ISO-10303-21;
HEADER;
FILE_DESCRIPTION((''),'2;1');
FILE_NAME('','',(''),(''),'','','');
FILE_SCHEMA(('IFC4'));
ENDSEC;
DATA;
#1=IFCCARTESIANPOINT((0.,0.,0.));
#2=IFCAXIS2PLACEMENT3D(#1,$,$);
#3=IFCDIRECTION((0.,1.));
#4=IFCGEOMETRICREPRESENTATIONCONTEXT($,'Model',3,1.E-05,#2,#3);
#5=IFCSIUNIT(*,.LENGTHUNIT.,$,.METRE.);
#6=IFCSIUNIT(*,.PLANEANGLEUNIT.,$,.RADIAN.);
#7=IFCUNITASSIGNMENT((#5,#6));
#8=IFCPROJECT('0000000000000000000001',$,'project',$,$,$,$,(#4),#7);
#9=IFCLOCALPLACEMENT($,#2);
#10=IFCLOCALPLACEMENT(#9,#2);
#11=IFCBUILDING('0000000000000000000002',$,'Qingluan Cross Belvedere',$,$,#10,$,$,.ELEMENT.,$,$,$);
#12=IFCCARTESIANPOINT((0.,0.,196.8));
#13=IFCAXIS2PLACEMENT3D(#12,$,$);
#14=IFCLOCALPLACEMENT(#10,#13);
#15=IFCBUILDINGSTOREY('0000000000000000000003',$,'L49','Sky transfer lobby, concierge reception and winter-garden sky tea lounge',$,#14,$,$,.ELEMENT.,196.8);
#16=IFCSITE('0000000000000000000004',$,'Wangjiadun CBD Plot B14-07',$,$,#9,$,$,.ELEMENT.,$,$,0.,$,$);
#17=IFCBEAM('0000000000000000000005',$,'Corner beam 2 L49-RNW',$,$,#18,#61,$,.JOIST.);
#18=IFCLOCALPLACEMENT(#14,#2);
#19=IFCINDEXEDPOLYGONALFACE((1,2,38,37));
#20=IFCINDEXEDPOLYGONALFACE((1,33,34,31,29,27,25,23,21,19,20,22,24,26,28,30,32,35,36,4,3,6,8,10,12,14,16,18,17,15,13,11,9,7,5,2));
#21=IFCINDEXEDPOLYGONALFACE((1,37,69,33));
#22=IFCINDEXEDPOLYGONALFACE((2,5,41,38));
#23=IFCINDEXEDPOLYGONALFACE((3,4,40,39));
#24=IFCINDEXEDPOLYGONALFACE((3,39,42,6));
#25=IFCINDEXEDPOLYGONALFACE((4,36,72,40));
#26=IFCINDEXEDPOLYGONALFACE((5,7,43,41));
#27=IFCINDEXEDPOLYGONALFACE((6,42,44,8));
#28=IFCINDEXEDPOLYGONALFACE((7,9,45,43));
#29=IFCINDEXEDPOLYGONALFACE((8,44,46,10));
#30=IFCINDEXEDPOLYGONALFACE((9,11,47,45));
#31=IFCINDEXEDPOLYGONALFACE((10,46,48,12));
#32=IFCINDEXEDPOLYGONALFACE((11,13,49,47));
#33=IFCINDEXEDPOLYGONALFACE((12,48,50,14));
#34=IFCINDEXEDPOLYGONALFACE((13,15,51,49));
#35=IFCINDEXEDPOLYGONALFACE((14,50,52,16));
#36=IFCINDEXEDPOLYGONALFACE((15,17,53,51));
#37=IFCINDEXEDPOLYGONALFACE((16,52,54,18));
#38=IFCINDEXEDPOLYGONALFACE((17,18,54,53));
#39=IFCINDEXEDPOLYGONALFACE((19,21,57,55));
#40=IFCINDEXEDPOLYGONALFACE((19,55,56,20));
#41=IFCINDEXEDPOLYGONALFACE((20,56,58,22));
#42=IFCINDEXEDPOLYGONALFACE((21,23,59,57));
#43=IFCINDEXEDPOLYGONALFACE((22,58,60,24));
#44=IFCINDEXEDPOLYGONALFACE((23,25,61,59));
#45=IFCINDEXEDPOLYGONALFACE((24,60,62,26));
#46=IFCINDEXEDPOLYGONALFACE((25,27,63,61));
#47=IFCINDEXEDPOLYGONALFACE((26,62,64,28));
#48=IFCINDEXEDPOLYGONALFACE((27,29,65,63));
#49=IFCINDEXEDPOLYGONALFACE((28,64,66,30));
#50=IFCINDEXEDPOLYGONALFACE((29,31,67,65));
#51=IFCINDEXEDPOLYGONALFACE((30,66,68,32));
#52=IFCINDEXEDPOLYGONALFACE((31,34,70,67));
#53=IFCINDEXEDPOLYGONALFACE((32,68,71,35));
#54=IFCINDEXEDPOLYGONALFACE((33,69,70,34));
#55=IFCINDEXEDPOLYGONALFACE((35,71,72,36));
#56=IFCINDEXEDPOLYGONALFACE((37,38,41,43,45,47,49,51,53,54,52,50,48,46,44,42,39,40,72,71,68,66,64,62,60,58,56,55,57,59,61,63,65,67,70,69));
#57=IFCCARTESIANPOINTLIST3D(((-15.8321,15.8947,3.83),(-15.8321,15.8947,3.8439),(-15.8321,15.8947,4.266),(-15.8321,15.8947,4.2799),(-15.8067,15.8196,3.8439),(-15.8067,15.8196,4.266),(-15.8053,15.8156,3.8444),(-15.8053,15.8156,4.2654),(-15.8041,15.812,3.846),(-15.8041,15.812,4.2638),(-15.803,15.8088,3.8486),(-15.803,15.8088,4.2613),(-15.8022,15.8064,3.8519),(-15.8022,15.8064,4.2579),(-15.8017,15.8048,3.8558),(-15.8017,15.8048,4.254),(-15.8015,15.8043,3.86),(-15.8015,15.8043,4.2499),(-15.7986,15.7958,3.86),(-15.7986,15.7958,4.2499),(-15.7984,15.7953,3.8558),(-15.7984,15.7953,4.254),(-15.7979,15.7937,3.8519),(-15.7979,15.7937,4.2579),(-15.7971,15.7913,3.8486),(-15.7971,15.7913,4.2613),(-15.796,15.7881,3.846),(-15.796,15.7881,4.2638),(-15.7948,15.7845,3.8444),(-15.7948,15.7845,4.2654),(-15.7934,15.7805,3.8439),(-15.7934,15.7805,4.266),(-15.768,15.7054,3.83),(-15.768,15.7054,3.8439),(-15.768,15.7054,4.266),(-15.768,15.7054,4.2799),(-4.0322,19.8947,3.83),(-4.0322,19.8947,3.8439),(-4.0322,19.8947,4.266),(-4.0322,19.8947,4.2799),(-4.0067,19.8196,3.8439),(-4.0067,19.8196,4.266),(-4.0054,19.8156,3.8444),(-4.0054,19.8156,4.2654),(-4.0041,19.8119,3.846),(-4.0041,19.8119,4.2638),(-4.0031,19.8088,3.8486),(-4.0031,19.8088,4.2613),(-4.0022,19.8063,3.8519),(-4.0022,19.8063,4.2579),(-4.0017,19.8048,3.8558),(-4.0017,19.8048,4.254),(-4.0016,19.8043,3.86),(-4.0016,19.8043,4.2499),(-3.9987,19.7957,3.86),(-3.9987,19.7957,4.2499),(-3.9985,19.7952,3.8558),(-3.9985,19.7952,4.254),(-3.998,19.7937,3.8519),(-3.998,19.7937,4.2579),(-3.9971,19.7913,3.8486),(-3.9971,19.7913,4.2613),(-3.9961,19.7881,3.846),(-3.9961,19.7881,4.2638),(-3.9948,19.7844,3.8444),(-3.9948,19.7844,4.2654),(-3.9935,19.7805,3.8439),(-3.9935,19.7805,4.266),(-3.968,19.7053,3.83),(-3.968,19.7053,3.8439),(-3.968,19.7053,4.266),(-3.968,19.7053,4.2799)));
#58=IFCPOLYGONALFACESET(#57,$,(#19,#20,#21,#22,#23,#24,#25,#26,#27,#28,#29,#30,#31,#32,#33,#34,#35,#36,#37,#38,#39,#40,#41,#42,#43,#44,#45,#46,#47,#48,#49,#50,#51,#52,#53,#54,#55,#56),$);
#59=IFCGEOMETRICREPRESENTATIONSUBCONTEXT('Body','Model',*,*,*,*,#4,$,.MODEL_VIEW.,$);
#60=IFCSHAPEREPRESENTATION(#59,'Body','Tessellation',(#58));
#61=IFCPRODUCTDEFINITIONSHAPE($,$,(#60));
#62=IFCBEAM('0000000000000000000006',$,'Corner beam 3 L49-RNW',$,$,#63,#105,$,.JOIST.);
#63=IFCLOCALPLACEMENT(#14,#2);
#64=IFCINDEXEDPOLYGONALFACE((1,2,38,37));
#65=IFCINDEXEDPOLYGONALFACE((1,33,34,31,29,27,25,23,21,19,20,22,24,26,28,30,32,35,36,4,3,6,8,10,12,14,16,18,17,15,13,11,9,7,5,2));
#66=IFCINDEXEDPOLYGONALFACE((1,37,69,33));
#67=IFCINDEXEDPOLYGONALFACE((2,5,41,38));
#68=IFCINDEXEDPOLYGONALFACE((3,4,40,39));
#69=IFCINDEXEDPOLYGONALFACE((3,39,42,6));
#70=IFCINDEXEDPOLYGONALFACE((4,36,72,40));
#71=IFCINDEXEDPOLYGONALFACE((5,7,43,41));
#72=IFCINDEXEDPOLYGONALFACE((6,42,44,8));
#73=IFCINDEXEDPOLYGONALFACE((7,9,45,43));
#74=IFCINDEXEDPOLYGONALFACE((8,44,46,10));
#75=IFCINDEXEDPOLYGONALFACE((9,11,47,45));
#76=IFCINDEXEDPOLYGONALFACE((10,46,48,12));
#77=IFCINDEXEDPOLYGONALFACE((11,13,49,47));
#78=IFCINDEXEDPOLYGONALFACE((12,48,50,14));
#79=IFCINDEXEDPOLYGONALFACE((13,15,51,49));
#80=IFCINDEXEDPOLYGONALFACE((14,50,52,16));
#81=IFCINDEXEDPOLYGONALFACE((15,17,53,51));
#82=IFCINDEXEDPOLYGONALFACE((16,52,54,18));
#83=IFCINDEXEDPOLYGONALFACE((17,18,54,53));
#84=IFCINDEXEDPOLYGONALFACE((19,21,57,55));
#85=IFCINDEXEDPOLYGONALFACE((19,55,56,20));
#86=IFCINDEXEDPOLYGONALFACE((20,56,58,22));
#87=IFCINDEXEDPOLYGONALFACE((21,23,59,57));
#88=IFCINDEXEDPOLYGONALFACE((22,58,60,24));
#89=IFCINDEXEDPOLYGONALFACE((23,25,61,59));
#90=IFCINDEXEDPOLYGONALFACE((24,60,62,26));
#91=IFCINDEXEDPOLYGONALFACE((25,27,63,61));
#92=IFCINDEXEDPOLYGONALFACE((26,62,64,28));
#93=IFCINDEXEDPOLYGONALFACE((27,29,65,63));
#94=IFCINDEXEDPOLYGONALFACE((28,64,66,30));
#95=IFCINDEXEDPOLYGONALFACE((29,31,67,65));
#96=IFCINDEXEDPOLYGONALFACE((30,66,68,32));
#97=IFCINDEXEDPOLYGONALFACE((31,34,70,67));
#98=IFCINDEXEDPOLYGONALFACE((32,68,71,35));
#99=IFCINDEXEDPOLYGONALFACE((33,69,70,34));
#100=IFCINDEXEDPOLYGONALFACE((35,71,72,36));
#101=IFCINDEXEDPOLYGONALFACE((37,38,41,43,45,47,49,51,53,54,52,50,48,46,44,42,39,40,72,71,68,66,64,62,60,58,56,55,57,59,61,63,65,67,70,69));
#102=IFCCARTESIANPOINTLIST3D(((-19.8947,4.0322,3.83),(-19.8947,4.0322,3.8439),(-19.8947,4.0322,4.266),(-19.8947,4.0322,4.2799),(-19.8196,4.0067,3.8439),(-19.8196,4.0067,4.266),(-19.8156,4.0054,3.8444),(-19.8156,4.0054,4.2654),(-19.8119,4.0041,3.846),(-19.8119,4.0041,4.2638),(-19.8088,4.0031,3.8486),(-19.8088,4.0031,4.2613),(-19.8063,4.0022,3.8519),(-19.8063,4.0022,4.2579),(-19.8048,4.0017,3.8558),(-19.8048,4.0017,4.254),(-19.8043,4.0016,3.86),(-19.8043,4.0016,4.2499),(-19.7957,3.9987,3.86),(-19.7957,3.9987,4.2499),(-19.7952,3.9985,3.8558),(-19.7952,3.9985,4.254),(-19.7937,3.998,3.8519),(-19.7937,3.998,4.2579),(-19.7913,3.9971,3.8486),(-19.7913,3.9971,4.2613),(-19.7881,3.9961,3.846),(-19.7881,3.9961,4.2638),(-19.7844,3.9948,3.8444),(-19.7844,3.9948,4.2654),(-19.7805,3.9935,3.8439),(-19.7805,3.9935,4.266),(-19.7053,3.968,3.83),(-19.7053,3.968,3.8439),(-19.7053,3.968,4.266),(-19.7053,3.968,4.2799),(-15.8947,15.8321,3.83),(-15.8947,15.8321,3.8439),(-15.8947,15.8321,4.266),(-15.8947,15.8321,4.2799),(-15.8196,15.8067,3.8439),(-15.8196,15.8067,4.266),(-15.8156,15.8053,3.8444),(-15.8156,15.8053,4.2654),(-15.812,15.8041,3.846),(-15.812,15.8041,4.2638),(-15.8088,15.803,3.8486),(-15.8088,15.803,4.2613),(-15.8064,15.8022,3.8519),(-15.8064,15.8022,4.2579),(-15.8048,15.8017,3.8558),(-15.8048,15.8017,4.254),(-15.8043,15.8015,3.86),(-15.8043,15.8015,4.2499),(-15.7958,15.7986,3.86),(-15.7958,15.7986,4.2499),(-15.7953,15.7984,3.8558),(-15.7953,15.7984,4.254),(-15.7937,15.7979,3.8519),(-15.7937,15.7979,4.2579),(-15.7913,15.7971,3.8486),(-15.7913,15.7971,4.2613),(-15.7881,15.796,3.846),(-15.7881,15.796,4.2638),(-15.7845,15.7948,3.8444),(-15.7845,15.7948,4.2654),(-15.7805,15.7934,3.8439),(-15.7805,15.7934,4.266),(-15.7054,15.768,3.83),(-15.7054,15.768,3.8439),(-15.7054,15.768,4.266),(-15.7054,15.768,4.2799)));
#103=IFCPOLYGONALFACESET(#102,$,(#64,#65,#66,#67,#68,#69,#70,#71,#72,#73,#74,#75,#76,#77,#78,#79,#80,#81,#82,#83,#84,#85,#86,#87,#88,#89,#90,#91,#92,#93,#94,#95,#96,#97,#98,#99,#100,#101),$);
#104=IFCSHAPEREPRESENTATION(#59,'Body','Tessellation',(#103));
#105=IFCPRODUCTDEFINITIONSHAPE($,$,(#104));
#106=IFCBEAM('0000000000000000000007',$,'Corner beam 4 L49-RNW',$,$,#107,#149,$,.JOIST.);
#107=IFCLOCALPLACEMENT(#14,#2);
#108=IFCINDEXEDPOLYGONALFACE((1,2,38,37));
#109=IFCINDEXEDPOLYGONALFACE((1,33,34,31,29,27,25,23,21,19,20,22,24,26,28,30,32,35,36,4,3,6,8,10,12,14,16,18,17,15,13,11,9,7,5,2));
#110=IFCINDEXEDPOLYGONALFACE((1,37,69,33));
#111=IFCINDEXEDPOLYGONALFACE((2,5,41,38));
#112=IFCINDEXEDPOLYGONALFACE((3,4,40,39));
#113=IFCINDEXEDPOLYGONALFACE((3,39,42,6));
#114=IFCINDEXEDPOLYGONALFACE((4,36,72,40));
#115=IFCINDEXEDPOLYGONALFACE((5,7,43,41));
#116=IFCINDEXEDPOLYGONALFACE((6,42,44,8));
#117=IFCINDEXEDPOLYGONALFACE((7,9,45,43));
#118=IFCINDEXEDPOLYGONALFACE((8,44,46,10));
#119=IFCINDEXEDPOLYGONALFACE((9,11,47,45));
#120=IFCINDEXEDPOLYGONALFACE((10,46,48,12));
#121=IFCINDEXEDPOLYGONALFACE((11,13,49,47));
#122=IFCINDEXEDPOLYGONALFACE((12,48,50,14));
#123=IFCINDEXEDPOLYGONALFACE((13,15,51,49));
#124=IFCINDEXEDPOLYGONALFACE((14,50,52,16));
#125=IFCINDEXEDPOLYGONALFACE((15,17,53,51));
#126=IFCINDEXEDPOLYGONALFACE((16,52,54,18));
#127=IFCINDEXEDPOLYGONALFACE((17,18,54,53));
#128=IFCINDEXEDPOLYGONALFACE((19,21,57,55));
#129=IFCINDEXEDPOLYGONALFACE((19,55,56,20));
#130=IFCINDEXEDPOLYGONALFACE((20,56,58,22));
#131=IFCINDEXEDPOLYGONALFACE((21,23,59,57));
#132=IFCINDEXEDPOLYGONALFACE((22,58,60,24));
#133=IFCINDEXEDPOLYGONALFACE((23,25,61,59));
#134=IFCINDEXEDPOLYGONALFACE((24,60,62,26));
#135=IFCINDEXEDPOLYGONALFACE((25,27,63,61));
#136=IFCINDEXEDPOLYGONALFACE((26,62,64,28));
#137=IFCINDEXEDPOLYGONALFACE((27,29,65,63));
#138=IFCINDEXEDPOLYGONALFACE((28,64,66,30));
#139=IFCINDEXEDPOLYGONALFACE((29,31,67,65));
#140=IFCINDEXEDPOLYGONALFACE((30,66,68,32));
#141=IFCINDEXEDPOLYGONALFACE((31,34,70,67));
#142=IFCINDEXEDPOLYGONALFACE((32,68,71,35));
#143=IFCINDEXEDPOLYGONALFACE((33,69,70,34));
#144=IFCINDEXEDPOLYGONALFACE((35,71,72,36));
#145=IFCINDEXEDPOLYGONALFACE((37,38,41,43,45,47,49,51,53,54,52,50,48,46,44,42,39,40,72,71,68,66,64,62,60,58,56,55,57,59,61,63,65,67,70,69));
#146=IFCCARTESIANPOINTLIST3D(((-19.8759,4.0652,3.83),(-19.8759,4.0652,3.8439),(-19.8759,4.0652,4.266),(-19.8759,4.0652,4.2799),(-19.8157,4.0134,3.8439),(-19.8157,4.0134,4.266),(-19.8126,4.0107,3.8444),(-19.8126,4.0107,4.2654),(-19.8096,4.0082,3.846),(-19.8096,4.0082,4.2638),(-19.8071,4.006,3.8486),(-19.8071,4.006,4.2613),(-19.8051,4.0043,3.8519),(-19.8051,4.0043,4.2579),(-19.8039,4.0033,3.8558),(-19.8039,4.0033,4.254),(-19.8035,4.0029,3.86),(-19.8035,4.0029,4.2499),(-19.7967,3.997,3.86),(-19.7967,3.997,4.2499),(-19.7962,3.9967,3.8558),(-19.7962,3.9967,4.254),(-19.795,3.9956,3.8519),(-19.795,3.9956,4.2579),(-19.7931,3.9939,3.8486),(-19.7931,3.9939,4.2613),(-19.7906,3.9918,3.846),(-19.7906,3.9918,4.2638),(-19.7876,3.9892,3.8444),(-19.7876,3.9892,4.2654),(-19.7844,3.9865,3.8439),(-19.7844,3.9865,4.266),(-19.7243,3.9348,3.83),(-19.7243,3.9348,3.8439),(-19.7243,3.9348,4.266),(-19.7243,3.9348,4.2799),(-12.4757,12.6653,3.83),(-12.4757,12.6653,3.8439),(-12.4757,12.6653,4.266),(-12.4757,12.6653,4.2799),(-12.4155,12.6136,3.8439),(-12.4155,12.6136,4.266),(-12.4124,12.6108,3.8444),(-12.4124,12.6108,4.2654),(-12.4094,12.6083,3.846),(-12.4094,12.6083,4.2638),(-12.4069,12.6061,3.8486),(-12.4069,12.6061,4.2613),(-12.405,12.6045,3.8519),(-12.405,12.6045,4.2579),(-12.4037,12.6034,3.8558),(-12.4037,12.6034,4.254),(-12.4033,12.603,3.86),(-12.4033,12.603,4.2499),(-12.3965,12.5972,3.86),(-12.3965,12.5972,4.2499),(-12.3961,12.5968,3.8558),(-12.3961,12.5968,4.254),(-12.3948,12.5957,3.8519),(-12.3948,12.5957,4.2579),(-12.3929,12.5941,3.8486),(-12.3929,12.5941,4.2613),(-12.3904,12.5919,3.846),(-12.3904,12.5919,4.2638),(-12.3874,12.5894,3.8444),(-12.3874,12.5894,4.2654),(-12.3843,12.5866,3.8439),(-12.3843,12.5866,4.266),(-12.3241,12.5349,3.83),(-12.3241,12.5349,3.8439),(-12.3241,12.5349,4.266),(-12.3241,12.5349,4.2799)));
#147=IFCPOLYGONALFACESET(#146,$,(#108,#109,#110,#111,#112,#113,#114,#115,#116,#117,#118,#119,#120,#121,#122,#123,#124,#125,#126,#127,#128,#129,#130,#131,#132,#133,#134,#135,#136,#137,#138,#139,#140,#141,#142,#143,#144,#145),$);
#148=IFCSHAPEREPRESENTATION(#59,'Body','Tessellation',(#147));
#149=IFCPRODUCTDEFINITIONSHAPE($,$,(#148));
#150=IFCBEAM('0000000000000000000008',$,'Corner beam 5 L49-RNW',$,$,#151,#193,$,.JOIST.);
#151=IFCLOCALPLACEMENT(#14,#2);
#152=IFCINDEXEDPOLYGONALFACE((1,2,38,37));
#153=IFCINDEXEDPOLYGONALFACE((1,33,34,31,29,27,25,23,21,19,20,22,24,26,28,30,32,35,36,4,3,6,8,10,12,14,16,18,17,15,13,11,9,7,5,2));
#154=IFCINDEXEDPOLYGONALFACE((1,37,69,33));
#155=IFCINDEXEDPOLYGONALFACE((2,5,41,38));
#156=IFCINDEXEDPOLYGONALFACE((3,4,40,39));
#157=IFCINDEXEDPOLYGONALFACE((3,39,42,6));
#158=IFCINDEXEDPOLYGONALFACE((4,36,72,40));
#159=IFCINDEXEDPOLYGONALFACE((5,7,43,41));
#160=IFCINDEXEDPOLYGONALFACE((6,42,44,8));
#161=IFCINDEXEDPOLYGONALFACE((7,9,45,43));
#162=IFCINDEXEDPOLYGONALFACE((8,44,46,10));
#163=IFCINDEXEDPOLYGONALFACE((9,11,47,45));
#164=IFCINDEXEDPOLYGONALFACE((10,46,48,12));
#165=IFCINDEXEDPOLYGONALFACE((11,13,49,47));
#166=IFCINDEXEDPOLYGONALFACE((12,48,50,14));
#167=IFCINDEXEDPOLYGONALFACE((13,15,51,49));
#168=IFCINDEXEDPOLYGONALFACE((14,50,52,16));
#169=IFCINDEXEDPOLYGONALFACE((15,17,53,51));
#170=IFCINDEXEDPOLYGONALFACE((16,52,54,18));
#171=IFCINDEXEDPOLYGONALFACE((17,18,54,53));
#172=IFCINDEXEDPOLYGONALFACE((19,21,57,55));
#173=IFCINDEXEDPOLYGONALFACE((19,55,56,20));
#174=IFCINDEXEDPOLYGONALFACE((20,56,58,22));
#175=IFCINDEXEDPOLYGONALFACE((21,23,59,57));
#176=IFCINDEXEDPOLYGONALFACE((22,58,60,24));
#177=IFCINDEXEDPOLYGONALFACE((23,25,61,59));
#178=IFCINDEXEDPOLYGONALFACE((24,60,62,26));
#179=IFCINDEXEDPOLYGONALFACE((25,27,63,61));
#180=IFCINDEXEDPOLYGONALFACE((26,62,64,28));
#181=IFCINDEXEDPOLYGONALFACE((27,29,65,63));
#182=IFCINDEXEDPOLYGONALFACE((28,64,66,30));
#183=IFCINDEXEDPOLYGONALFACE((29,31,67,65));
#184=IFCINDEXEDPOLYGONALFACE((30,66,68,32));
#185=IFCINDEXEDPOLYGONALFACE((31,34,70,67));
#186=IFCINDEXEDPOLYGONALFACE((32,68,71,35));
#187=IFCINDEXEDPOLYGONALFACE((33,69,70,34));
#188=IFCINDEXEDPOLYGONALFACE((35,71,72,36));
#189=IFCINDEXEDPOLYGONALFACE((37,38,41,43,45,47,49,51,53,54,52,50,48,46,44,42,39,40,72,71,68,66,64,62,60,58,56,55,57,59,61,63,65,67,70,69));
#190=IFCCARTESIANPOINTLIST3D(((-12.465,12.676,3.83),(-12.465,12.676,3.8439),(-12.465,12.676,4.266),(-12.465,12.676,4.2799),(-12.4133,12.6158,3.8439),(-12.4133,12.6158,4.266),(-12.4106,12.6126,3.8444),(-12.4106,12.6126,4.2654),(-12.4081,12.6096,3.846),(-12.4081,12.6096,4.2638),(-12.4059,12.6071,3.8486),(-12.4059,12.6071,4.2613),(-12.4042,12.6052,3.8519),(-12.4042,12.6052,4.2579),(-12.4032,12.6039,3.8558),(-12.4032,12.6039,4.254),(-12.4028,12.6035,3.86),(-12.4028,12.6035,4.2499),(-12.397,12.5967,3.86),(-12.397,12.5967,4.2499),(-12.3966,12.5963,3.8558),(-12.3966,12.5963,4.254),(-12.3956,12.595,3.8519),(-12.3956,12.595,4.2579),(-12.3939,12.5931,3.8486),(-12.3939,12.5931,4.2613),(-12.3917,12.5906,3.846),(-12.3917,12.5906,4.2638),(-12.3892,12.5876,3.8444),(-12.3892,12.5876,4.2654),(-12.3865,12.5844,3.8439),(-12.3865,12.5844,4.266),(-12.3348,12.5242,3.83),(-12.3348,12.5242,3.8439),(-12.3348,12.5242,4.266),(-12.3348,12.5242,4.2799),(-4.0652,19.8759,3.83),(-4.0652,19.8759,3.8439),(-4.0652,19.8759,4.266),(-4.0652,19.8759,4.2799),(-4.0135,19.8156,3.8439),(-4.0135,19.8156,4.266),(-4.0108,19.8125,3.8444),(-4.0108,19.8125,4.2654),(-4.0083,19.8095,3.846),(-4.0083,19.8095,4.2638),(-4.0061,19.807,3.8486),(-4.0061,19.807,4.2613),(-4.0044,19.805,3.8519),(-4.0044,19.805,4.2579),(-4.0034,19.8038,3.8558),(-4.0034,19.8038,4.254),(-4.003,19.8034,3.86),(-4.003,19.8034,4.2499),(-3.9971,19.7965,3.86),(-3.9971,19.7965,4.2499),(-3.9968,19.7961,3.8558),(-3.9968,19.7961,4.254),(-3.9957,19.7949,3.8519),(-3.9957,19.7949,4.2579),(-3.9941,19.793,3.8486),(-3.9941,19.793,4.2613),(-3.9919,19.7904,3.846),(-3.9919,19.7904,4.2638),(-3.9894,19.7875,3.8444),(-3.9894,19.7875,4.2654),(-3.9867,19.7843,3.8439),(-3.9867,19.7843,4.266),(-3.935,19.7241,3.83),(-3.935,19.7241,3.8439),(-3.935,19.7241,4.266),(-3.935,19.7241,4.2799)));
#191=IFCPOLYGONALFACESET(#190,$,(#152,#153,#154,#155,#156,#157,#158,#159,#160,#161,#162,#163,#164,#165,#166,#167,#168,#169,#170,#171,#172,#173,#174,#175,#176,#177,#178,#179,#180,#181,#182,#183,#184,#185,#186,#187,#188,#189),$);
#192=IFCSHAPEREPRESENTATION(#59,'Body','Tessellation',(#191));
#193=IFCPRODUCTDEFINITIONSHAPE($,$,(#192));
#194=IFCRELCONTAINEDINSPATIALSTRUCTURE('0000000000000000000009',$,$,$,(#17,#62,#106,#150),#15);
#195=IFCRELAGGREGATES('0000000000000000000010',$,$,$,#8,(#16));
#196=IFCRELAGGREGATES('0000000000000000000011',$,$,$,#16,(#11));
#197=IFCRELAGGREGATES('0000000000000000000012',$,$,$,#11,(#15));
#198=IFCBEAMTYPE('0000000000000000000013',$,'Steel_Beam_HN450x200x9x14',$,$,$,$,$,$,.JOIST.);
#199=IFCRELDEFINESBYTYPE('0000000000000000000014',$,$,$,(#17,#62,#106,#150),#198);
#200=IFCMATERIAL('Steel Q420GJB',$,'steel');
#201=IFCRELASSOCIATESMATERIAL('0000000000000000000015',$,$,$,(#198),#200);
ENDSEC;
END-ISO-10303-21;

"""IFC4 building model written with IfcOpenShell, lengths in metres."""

from ifc_helpers import new_model, si_unit, direction, frame, origin, origin_2d, place, context, subcontext, project, spatial, i_section, extrude, material, material_profile, profile_set, type_object, element, save


model = new_model("IFC4")

# Units and contexts
model_context = context("Model", 3, precision=1e-05, world=origin(), true_north=direction((0.0, 1.0)))
body_context = subcontext(model_context, "Body", "Model", "MODEL_VIEW")
ifc_project = project(units=[si_unit("LENGTHUNIT", "METRE"), si_unit("PLANEANGLEUNIT", "RADIAN")], contexts=[model_context])

# Site, building, storey
site_placement = place(None, origin())
site = spatial("IfcSite", under=ifc_project, at=site_placement, Name="Wangjiadun CBD Plot B14-07", CompositionType="ELEMENT", RefElevation=0.0)
building_placement = place(site_placement, origin())
building = spatial("IfcBuilding", under=site, at=building_placement, Name="Qingluan Cross Belvedere", CompositionType="ELEMENT")
storey_placement = place(building_placement, frame((0.0, 0.0, 196.8)))
storey = spatial("IfcBuildingStorey", under=building, at=storey_placement, Name="L49", Description="Sky transfer lobby, concierge reception and winter-garden sky tea lounge", CompositionType="ELEMENT", Elevation=196.8)

# Beams
ifc_material_1 = material(Name="Steel Q420GJB", Category="steel")
ifc_material_profile_1 = material_profile(ifc_material_1, i_section(OverallWidth=0.2, OverallDepth=0.45, WebThickness=0.009, FlangeThickness=0.0139, FilletRadius=0.0161, at=origin_2d()), Name="HN450x200x9x14")
ifc_profile_set_1 = profile_set([ifc_material_profile_1], Name="Steel Q420GJB")
beam_type_1 = type_object("IfcBeamType", Name="Steel_Beam_HN450x200x9x14", PredefinedType="JOIST", material=ifc_profile_set_1)
for number, where, z_axis, x_axis, name in (
    (1, (-15.8, 15.8, 4.0549), (0.947066, 0.321038, 0.0), (-0.321038, 0.947066, 0.0), "Corner beam 2 L49-RNW"),
    (2, (-15.8, 15.8, 4.0549), (-0.321038, -0.947066, 0.0), (0.947066, -0.321038, 0.0), "Corner beam 3 L49-RNW"),
):
    element("IfcBeam", number, at=place(storey_placement, frame(where, z_axis=z_axis, x_axis=x_axis)), inside=storey, type_object=beam_type_1, Name=name, PredefinedType="JOIST", context=body_context, shape_type="SweptSolid", body=[
        extrude(i_section(OverallWidth=0.2, OverallDepth=0.45, WebThickness=0.009, FlangeThickness=0.0139, FilletRadius=0.0161, at=origin_2d()), origin(), (0.0, 0.0, 1.0), 12.4595),
    ])
beam_1_placement = place(storey_placement, frame((-12.3999, 12.6001, 4.0549), z_axis=(-0.652245, -0.758008, 0.0), x_axis=(0.758008, -0.652245, 0.0)))
element("IfcBeam", 3, at=beam_1_placement, inside=storey, type_object=beam_type_1, Name="Corner beam 4 L49-RNW", PredefinedType="JOIST", context=body_context, shape_type="SweptSolid", body=[
    extrude(i_section(OverallWidth=0.2, OverallDepth=0.45, WebThickness=0.009, FlangeThickness=0.0139, FilletRadius=0.0161, at=origin_2d()), origin(), (0.0, 0.0, 1.0), 11.3457),
])
beam_2_placement = place(storey_placement, frame((-12.3999, 12.6001, 4.0549), z_axis=(0.759255, 0.650793, 0.0), x_axis=(-0.650793, 0.759255, 0.0)))
element("IfcBeam", 4, at=beam_2_placement, inside=storey, type_object=beam_type_1, Name="Corner beam 5 L49-RNW", PredefinedType="JOIST", context=body_context, shape_type="SweptSolid", body=[
    extrude(i_section(OverallWidth=0.2, OverallDepth=0.45, WebThickness=0.009, FlangeThickness=0.0139, FilletRadius=0.0161, at=origin_2d()), origin(), (0.0, 0.0, 1.0), 11.0632),
])

save(model, "model.ifc")
